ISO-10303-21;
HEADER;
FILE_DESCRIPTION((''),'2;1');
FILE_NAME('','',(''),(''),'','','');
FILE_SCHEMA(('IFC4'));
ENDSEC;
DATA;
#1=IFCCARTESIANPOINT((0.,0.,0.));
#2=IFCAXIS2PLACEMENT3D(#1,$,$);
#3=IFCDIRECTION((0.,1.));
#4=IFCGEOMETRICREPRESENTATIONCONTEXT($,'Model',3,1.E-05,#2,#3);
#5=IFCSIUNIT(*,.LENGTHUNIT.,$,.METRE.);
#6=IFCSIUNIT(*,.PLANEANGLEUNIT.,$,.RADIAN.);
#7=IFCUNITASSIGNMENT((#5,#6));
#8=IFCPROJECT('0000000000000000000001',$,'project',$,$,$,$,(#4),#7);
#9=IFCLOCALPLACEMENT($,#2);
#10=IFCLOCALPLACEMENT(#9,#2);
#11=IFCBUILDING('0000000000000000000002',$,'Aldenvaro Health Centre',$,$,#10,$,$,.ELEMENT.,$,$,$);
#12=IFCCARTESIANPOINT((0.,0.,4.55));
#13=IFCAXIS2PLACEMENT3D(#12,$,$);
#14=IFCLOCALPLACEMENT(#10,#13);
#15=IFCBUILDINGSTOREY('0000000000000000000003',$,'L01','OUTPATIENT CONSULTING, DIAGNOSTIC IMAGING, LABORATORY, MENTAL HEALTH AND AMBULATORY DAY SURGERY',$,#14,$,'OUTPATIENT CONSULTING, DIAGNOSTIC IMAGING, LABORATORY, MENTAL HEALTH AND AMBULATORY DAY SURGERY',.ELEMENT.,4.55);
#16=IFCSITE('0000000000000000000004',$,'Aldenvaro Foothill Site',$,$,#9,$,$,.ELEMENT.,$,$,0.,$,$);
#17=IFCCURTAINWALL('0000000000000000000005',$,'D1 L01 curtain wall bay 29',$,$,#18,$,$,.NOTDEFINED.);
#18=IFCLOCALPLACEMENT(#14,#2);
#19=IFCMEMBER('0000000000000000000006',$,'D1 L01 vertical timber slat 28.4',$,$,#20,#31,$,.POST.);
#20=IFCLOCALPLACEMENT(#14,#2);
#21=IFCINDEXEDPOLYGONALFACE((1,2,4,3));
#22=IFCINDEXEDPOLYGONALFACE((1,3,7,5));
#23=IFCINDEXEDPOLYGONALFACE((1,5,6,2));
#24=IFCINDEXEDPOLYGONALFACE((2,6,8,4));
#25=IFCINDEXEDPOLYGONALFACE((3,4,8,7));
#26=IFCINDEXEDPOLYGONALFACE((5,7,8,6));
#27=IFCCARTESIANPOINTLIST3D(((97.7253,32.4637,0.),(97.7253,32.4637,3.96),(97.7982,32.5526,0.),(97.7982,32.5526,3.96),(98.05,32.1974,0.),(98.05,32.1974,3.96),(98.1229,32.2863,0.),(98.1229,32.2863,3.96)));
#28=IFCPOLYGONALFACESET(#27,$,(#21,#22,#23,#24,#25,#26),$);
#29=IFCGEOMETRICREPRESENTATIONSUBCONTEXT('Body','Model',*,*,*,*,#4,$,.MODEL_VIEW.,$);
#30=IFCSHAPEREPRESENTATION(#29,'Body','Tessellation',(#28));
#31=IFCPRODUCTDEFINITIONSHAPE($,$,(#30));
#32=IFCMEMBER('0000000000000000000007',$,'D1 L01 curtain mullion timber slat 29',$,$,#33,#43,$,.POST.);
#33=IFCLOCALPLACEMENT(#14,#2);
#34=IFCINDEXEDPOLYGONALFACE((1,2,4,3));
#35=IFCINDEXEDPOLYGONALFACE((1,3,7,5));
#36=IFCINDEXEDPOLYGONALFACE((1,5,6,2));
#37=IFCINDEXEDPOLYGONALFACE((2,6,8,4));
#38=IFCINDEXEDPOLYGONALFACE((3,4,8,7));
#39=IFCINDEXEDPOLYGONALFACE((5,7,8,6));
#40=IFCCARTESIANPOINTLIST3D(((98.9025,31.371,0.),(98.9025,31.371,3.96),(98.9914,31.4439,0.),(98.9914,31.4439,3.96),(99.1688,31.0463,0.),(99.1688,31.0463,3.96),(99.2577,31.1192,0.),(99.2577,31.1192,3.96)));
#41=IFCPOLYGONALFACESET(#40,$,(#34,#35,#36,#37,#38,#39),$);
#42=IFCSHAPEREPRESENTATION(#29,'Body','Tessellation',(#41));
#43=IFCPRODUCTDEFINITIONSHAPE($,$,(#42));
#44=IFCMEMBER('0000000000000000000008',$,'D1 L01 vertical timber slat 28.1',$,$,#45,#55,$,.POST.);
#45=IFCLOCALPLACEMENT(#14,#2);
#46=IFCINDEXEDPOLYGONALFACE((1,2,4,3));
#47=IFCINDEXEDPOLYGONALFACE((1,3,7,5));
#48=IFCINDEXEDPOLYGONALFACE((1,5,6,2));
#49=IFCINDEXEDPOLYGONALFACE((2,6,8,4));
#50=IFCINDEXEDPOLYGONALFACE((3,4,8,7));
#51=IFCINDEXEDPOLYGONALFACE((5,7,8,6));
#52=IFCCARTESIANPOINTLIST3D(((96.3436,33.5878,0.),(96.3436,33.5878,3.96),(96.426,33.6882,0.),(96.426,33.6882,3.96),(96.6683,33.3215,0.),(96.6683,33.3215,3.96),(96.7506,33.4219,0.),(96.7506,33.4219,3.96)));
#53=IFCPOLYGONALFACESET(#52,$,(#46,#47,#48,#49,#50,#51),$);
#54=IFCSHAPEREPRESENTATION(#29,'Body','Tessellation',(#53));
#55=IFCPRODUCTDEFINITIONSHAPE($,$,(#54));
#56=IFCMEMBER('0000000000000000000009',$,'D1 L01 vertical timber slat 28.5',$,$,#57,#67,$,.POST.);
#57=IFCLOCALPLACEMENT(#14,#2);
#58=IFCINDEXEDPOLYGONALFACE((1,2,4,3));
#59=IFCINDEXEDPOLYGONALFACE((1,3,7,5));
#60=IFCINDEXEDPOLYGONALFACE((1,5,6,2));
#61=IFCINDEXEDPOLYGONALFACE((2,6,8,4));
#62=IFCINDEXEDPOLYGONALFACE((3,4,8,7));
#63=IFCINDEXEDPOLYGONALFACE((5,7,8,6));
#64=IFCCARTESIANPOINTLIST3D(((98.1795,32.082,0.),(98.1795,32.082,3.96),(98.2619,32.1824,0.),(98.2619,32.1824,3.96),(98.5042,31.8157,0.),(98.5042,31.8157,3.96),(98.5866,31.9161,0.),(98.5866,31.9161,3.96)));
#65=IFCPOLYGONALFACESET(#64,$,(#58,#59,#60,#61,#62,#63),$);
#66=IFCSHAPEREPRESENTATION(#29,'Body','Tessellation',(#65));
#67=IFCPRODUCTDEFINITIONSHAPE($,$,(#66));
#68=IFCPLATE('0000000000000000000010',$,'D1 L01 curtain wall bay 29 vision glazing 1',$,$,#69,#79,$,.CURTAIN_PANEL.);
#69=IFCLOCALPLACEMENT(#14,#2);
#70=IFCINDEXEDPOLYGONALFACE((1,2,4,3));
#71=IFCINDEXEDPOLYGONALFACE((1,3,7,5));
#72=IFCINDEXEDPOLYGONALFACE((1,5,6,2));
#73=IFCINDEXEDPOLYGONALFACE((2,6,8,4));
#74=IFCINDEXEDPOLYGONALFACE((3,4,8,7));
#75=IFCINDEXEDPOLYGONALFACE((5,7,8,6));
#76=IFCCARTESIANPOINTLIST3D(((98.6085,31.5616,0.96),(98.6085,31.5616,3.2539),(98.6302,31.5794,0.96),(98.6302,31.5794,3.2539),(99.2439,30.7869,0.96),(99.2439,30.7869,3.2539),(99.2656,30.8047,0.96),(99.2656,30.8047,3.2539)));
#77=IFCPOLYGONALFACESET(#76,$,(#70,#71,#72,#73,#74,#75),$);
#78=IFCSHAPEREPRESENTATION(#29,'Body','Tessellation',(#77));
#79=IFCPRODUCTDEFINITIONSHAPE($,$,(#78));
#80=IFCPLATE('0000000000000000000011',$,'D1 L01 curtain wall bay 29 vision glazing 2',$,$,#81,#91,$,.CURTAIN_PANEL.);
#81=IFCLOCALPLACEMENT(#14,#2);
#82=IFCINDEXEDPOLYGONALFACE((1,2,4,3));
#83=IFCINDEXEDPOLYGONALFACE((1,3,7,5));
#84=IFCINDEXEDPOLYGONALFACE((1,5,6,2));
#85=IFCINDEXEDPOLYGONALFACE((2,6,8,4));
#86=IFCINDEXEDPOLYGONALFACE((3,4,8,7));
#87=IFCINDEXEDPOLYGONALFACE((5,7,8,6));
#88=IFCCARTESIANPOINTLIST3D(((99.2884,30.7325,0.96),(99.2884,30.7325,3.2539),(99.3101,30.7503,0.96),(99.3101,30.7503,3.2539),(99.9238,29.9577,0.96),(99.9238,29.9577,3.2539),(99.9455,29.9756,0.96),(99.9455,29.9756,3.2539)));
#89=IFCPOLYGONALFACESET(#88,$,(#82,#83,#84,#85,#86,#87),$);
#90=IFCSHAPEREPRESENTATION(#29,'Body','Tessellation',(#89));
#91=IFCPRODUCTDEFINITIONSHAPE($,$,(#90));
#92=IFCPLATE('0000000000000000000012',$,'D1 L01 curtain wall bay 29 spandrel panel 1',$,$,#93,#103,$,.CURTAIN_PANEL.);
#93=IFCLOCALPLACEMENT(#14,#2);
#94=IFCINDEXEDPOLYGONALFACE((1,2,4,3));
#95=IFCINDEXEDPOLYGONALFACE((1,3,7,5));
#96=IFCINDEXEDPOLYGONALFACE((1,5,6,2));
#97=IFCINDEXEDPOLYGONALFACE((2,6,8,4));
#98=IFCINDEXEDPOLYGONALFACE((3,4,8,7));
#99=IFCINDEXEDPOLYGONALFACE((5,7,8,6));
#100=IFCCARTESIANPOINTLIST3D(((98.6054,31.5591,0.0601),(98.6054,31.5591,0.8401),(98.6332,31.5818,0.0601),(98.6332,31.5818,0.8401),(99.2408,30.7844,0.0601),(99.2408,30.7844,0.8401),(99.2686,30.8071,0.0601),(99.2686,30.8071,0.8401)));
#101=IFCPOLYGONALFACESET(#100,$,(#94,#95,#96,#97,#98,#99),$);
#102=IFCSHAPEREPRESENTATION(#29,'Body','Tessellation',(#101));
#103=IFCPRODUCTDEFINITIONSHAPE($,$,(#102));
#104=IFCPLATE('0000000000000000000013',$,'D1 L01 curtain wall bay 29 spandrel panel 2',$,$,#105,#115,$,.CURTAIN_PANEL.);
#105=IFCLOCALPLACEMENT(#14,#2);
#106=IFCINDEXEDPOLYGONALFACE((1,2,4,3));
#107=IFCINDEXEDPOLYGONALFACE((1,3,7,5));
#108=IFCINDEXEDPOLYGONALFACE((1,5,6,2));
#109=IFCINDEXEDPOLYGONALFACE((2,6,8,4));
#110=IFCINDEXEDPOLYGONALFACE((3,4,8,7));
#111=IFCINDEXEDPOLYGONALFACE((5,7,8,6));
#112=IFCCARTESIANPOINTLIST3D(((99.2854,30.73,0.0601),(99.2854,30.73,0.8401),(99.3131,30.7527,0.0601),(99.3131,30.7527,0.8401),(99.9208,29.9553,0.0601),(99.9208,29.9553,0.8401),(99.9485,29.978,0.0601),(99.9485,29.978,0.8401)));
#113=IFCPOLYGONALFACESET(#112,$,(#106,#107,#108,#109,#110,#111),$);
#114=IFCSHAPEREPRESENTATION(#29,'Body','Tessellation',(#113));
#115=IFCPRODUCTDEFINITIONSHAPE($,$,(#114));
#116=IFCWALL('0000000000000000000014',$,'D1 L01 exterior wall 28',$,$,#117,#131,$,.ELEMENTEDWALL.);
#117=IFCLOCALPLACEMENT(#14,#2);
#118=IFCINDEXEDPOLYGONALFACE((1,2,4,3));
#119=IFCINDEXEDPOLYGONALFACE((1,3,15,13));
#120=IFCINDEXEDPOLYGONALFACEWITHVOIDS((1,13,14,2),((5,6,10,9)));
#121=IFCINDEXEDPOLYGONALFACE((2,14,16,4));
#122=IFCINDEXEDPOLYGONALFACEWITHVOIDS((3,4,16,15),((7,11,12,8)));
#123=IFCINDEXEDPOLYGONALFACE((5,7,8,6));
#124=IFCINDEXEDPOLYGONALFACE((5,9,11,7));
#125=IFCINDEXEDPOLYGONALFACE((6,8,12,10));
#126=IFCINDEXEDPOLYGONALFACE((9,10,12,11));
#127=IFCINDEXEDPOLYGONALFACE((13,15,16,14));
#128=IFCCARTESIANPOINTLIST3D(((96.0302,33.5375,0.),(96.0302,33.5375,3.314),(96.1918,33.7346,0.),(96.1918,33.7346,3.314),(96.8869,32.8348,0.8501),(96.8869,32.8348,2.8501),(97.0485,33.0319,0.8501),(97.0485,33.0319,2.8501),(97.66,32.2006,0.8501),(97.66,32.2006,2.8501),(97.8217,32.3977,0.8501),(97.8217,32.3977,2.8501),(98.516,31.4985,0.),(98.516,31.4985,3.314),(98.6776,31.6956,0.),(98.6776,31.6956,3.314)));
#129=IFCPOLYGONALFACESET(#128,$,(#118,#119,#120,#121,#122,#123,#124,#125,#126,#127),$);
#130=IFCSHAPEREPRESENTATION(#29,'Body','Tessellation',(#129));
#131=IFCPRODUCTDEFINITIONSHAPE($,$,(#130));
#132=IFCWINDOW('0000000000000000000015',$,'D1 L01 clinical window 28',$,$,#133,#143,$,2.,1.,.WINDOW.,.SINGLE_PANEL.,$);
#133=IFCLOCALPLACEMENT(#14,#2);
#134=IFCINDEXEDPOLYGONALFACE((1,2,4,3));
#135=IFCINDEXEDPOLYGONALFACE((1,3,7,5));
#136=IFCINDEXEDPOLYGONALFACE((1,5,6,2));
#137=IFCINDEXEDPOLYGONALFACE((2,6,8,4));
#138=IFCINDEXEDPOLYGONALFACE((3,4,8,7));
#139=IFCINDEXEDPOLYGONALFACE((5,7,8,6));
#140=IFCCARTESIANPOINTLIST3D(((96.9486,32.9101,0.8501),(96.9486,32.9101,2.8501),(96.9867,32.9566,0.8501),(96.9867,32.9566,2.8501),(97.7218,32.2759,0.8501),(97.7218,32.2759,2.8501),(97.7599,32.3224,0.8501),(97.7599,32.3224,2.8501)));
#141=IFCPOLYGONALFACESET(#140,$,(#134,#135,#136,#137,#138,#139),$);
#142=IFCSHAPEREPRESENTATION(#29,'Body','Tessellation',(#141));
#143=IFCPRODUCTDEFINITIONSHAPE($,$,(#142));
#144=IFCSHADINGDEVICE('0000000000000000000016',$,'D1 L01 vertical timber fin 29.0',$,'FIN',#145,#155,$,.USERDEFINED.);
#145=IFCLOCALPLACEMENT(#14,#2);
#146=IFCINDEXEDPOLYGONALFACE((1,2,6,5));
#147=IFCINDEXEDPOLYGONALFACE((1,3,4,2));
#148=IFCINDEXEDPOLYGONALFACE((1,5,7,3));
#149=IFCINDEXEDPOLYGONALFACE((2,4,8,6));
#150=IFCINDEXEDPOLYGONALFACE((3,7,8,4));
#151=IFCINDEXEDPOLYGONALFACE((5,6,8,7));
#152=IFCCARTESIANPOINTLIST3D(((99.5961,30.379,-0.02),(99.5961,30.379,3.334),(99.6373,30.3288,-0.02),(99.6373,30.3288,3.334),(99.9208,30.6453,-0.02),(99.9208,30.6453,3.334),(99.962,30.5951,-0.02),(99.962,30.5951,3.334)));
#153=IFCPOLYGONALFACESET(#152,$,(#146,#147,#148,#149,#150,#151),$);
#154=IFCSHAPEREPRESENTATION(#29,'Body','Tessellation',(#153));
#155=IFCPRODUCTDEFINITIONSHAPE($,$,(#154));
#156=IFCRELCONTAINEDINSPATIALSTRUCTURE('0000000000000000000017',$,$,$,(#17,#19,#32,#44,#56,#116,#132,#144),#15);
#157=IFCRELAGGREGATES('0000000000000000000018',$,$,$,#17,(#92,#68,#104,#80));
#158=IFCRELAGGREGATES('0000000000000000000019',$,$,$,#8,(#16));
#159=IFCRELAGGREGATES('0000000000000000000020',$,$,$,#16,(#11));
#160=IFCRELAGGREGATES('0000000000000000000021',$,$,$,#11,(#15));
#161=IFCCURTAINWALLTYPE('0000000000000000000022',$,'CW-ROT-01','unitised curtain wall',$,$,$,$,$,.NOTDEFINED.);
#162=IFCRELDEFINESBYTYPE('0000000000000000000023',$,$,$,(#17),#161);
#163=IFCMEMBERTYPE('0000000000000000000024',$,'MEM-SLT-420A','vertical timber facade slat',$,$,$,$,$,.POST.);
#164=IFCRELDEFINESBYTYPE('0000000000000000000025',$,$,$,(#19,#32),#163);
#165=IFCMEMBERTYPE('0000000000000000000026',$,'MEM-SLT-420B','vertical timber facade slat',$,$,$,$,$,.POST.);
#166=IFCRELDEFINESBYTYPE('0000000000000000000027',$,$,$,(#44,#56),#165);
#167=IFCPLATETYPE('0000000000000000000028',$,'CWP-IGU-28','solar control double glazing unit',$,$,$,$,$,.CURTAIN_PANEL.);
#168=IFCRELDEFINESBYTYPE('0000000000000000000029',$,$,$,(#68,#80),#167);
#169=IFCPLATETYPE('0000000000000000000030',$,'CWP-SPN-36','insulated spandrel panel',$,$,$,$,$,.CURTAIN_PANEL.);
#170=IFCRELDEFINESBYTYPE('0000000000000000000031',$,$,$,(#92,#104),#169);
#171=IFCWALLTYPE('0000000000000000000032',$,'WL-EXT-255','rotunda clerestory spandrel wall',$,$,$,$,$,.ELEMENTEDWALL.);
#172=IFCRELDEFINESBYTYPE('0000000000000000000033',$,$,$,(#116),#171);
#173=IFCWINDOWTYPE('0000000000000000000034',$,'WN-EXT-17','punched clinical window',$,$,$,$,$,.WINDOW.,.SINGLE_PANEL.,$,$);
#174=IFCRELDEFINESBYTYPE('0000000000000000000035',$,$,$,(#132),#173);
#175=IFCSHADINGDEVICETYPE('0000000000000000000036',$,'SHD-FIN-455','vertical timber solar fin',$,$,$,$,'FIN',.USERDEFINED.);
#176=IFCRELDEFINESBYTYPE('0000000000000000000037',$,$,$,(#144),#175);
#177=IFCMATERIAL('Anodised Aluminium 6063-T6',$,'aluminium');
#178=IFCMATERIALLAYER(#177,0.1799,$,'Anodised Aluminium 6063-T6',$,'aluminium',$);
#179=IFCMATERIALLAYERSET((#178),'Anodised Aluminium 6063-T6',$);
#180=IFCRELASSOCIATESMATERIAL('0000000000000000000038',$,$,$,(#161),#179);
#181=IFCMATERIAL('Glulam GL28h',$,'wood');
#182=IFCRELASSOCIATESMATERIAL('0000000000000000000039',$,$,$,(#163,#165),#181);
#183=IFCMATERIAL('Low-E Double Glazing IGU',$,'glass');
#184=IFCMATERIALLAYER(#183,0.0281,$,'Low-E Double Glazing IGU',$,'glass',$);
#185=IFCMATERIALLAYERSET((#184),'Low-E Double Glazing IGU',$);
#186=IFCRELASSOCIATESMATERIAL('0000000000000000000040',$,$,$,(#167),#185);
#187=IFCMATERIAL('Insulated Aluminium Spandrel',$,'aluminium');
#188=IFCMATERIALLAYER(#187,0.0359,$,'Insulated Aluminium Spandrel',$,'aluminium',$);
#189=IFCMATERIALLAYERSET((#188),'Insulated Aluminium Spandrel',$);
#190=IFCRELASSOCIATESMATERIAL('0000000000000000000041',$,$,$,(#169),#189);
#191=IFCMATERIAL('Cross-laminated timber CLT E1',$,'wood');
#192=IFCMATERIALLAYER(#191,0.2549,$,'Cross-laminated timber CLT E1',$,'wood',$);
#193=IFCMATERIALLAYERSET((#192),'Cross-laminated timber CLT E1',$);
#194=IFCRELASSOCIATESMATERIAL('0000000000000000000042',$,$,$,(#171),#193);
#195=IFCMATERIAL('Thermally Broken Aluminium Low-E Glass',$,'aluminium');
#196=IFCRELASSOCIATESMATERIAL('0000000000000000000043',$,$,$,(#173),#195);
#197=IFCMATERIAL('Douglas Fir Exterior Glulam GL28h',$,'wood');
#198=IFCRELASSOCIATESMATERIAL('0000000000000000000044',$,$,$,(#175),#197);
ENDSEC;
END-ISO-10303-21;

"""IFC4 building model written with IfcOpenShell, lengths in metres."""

from ifc_helpers import new_model, si_unit, direction, frame, frame_2d, origin, origin_2d, place, context, subcontext, project, spatial, rectangle, extrude, material, layer, layer_set, material_profile, profile_set, type_object, element, fill, aggregate, save


model = new_model("IFC4")

# Units and contexts
model_context = context("Model", 3, precision=1e-05, world=origin(), true_north=direction((0.0, 1.0)))
body_context = subcontext(model_context, "Body", "Model", "MODEL_VIEW")
ifc_project = project(units=[si_unit("LENGTHUNIT", "METRE"), si_unit("PLANEANGLEUNIT", "RADIAN")], contexts=[model_context])

# Site, building, storey
site_placement = place(None, origin())
site = spatial("IfcSite", under=ifc_project, at=site_placement, Name="Aldenvaro Foothill Site", CompositionType="ELEMENT", RefElevation=0.0)
building_placement = place(site_placement, origin())
building = spatial("IfcBuilding", under=site, at=building_placement, Name="Aldenvaro Health Centre", CompositionType="ELEMENT")
storey_placement = place(building_placement, frame((0.0, 0.0, 4.55)))
storey = spatial("IfcBuildingStorey", under=building, at=storey_placement, Name="L01", Description="OUTPATIENT CONSULTING, DIAGNOSTIC IMAGING, LABORATORY, MENTAL HEALTH AND AMBULATORY DAY SURGERY", LongName="OUTPATIENT CONSULTING, DIAGNOSTIC IMAGING, LABORATORY, MENTAL HEALTH AND AMBULATORY DAY SURGERY", CompositionType="ELEMENT", Elevation=4.55)

# Shared definitions
ifc_material_1 = material(Name="Glulam GL28h", Category="wood")

# Curtain wall
ifc_material_2 = material(Name="Anodised Aluminium 6063-T6", Category="aluminium")
ifc_layer_1 = layer(ifc_material_2, 0.1799, Name="Anodised Aluminium 6063-T6", Category="aluminium")
ifc_layer_set_1 = layer_set([ifc_layer_1], Name="Anodised Aluminium 6063-T6")
curtain_wall_type = type_object("IfcCurtainWallType", Name="CW-ROT-01", Description="unitised curtain wall", PredefinedType="NOTDEFINED", material=ifc_layer_set_1)
curtain_wall_placement = place(storey_placement, origin())
curtain_wall = element("IfcCurtainWall", 1, at=curtain_wall_placement, inside=storey, type_object=curtain_wall_type, Name="D1 L01 curtain wall bay 29", PredefinedType="NOTDEFINED")

# Members
ifc_material_profile_1 = material_profile(ifc_material_1, rectangle(XDim=0.115, YDim=0.4199, at=origin_2d()), Name="GL 115x420", Category="wood")
ifc_profile_set_1 = profile_set([ifc_material_profile_1], Name="Glulam GL28h")
member_type_1 = type_object("IfcMemberType", Name="MEM-SLT-420A", Description="vertical timber facade slat", PredefinedType="POST", material=ifc_profile_set_1)
for number, where, z_axis, x_axis, name in (
    (2, (97.9241, 32.375, 0.0), (0.0, 0.0, 1.0), (0.634169, 0.773195, 0.0), "D1 L01 vertical timber slat 28.4"),
    (3, (99.0801, 31.2451, 0.0), (0.0, 0.0, 1.0), (0.773195, 0.634169, 0.0), "D1 L01 curtain mullion timber slat 29"),
):
    element("IfcMember", number, at=place(storey_placement, frame(where, z_axis=z_axis, x_axis=x_axis)), inside=storey, type_object=member_type_1, Name=name, PredefinedType="POST", context=body_context, shape_type="SweptSolid", body=[
        extrude(rectangle(XDim=0.115, YDim=0.4199, at=origin_2d()), origin(), (0.0, 0.0, 1.0), 3.96),
    ])
ifc_material_profile_2 = material_profile(ifc_material_1, rectangle(XDim=0.1299, YDim=0.4199, at=origin_2d()), Name="GL 130x420", Category="wood")
ifc_profile_set_2 = profile_set([ifc_material_profile_2], Name="Glulam GL28h")
member_type_2 = type_object("IfcMemberType", Name="MEM-SLT-420B", Description="vertical timber facade slat", PredefinedType="POST", material=ifc_profile_set_2)
for number, where, z_axis, x_axis, name in (
    (4, (96.5471, 33.5049, 0.0), (0.0, 0.0, 1.0), (0.634169, 0.773195, 0.0), "D1 L01 vertical timber slat 28.1"),
    (5, (98.3831, 31.999, 0.0), (0.0, 0.0, 1.0), (0.634169, 0.773195, 0.0), "D1 L01 vertical timber slat 28.5"),
):
    element("IfcMember", number, at=place(storey_placement, frame(where, z_axis=z_axis, x_axis=x_axis)), inside=storey, type_object=member_type_2, Name=name, PredefinedType="POST", context=body_context, shape_type="SweptSolid", body=[
        extrude(rectangle(XDim=0.1299, YDim=0.4199, at=origin_2d()), origin(), (0.0, 0.0, 1.0), 3.96),
    ])

# Plates
ifc_material_3 = material(Name="Low-E Double Glazing IGU", Category="glass")
ifc_layer_2 = layer(ifc_material_3, 0.0281, Name="Low-E Double Glazing IGU", Category="glass")
ifc_layer_set_2 = layer_set([ifc_layer_2], Name="Low-E Double Glazing IGU")
plate_type_1 = type_object("IfcPlateType", Name="CWP-IGU-28", Description="solar control double glazing unit", PredefinedType="CURTAIN_PANEL", material=ifc_layer_set_2)
plate_1_placement = place(storey_placement, frame((98.937, 31.1831, 0.96), z_axis=(0.0, 0.0, 1.0), x_axis=(0.634169, -0.773195, 0.0)))
plate_1 = element("IfcPlate", 6, at=plate_1_placement, type_object=plate_type_1, Name="D1 L01 curtain wall bay 29 vision glazing 1", PredefinedType="CURTAIN_PANEL", context=body_context, shape_type="SweptSolid", body=[
    extrude(rectangle(XDim=1.002, YDim=0.0281, at=origin_2d()), origin(), (0.0, 0.0, 1.0), 2.2939),
])
plate_2_placement = place(storey_placement, frame((99.6169, 30.354, 0.96), z_axis=(0.0, 0.0, 1.0), x_axis=(0.634169, -0.773195, 0.0)))
plate_2 = element("IfcPlate", 7, at=plate_2_placement, type_object=plate_type_1, Name="D1 L01 curtain wall bay 29 vision glazing 2", PredefinedType="CURTAIN_PANEL", context=body_context, shape_type="SweptSolid", body=[
    extrude(rectangle(XDim=1.002, YDim=0.0281, at=origin_2d()), origin(), (0.0, 0.0, 1.0), 2.2939),
])
ifc_material_4 = material(Name="Insulated Aluminium Spandrel", Category="aluminium")
ifc_layer_3 = layer(ifc_material_4, 0.0359, Name="Insulated Aluminium Spandrel", Category="aluminium")
ifc_layer_set_3 = layer_set([ifc_layer_3], Name="Insulated Aluminium Spandrel")
plate_type_2 = type_object("IfcPlateType", Name="CWP-SPN-36", Description="insulated spandrel panel", PredefinedType="CURTAIN_PANEL", material=ifc_layer_set_3)
plate_3_placement = place(storey_placement, frame((98.937, 31.1831, 0.0601), z_axis=(0.0, 0.0, 1.0), x_axis=(0.634169, -0.773195, 0.0)))
plate_3 = element("IfcPlate", 8, at=plate_3_placement, type_object=plate_type_2, Name="D1 L01 curtain wall bay 29 spandrel panel 1", PredefinedType="CURTAIN_PANEL", context=body_context, shape_type="SweptSolid", body=[
    extrude(rectangle(XDim=1.002, YDim=0.0359, at=origin_2d()), origin(), (0.0, 0.0, 1.0), 0.78),
])
plate_4_placement = place(storey_placement, frame((99.6169, 30.354, 0.0601), z_axis=(0.0, 0.0, 1.0), x_axis=(0.634169, -0.773195, 0.0)))
plate_4 = element("IfcPlate", 9, at=plate_4_placement, type_object=plate_type_2, Name="D1 L01 curtain wall bay 29 spandrel panel 2", PredefinedType="CURTAIN_PANEL", context=body_context, shape_type="SweptSolid", body=[
    extrude(rectangle(XDim=1.002, YDim=0.0359, at=origin_2d()), origin(), (0.0, 0.0, 1.0), 0.78),
])
aggregate(curtain_wall, [plate_3, plate_1, plate_4, plate_2])

# Wall, opening, window
ifc_material_5 = material(Name="Cross-laminated timber CLT E1", Category="wood")
ifc_layer_4 = layer(ifc_material_5, 0.2549, Name="Cross-laminated timber CLT E1", Category="wood")
ifc_layer_set_4 = layer_set([ifc_layer_4], Name="Cross-laminated timber CLT E1")
wall_type = type_object("IfcWallType", Name="WL-EXT-255", Description="rotunda clerestory spandrel wall", PredefinedType="ELEMENTEDWALL", material=ifc_layer_set_4)
wall_placement = place(storey_placement, frame((96.1111, 33.636, 0.0), z_axis=(0.0, 0.0, 1.0), x_axis=(0.773165, -0.634205, 0.0)))
wall = element("IfcWall", 10, at=wall_placement, inside=storey, type_object=wall_type, Name="D1 L01 exterior wall 28", PredefinedType="ELEMENTEDWALL", context=body_context, shape_type="SweptSolid", body=[
    extrude(rectangle(XDim=3.2151, YDim=0.2549, at=frame_2d((1.6074, 0.0))), origin(), (0.0, 0.0, 1.0), 3.314),
])
opening_placement = place(wall_placement, frame((1.1079, 0.0, 0.8501)))
opening = element("IfcOpeningElement", 11, at=opening_placement, cuts=wall, PredefinedType="OPENING", context=body_context, shape_type="SweptSolid", body=[
    extrude(rectangle(XDim=1.0, YDim=2.0, at=frame_2d((0.5, 1.0))), frame((0.0, 0.1375, 0.0), z_axis=(0.0, -1.0, 0.0), x_axis=(1.0, 0.0, 0.0)), (0.0, 0.0, 1.0), 0.2749),
])
ifc_material_6 = material(Name="Thermally Broken Aluminium Low-E Glass", Category="aluminium")
window_type = type_object("IfcWindowType", Name="WN-EXT-17", Description="punched clinical window", PartitioningType="SINGLE_PANEL", PredefinedType="WINDOW", material=ifc_material_6)
window_placement = place(opening_placement, origin())
window = element("IfcWindow", 12, at=window_placement, inside=storey, type_object=window_type, Name="D1 L01 clinical window 28", OverallHeight=2.0, OverallWidth=1.0, PartitioningType="SINGLE_PANEL", PredefinedType="WINDOW", context=body_context, shape_type="SweptSolid", body=[
    extrude(rectangle(XDim=1.0, YDim=2.0, at=frame_2d((0.5, 1.0))), frame((0.0, 0.03, 0.0), z_axis=(0.0, -1.0, 0.0), x_axis=(1.0, 0.0, 0.0)), (0.0, 0.0, 1.0), 0.0601),
])
fill(opening, window)

# Shading device
ifc_material_7 = material(Name="Douglas Fir Exterior Glulam GL28h", Category="wood")
shading_device_type = type_object("IfcShadingDeviceType", Name="SHD-FIN-455", Description="vertical timber solar fin", ElementType="FIN", PredefinedType="USERDEFINED", material=ifc_material_7)
shading_device_placement = place(storey_placement, frame((99.7791, 30.4871, -0.02), z_axis=(0.0, 0.0, 1.0), x_axis=(0.634169, -0.773195, 0.0)))
element("IfcShadingDevice", 13, at=shading_device_placement, inside=storey, type_object=shading_device_type, Name="D1 L01 vertical timber fin 29.0", ObjectType="FIN", PredefinedType="USERDEFINED", context=body_context, shape_type="SweptSolid", body=[
    extrude(rectangle(XDim=0.0649, YDim=0.4199, at=origin_2d()), origin(), (0.0, 0.0, 1.0), 3.354),
])

save(model, "model.ifc")
